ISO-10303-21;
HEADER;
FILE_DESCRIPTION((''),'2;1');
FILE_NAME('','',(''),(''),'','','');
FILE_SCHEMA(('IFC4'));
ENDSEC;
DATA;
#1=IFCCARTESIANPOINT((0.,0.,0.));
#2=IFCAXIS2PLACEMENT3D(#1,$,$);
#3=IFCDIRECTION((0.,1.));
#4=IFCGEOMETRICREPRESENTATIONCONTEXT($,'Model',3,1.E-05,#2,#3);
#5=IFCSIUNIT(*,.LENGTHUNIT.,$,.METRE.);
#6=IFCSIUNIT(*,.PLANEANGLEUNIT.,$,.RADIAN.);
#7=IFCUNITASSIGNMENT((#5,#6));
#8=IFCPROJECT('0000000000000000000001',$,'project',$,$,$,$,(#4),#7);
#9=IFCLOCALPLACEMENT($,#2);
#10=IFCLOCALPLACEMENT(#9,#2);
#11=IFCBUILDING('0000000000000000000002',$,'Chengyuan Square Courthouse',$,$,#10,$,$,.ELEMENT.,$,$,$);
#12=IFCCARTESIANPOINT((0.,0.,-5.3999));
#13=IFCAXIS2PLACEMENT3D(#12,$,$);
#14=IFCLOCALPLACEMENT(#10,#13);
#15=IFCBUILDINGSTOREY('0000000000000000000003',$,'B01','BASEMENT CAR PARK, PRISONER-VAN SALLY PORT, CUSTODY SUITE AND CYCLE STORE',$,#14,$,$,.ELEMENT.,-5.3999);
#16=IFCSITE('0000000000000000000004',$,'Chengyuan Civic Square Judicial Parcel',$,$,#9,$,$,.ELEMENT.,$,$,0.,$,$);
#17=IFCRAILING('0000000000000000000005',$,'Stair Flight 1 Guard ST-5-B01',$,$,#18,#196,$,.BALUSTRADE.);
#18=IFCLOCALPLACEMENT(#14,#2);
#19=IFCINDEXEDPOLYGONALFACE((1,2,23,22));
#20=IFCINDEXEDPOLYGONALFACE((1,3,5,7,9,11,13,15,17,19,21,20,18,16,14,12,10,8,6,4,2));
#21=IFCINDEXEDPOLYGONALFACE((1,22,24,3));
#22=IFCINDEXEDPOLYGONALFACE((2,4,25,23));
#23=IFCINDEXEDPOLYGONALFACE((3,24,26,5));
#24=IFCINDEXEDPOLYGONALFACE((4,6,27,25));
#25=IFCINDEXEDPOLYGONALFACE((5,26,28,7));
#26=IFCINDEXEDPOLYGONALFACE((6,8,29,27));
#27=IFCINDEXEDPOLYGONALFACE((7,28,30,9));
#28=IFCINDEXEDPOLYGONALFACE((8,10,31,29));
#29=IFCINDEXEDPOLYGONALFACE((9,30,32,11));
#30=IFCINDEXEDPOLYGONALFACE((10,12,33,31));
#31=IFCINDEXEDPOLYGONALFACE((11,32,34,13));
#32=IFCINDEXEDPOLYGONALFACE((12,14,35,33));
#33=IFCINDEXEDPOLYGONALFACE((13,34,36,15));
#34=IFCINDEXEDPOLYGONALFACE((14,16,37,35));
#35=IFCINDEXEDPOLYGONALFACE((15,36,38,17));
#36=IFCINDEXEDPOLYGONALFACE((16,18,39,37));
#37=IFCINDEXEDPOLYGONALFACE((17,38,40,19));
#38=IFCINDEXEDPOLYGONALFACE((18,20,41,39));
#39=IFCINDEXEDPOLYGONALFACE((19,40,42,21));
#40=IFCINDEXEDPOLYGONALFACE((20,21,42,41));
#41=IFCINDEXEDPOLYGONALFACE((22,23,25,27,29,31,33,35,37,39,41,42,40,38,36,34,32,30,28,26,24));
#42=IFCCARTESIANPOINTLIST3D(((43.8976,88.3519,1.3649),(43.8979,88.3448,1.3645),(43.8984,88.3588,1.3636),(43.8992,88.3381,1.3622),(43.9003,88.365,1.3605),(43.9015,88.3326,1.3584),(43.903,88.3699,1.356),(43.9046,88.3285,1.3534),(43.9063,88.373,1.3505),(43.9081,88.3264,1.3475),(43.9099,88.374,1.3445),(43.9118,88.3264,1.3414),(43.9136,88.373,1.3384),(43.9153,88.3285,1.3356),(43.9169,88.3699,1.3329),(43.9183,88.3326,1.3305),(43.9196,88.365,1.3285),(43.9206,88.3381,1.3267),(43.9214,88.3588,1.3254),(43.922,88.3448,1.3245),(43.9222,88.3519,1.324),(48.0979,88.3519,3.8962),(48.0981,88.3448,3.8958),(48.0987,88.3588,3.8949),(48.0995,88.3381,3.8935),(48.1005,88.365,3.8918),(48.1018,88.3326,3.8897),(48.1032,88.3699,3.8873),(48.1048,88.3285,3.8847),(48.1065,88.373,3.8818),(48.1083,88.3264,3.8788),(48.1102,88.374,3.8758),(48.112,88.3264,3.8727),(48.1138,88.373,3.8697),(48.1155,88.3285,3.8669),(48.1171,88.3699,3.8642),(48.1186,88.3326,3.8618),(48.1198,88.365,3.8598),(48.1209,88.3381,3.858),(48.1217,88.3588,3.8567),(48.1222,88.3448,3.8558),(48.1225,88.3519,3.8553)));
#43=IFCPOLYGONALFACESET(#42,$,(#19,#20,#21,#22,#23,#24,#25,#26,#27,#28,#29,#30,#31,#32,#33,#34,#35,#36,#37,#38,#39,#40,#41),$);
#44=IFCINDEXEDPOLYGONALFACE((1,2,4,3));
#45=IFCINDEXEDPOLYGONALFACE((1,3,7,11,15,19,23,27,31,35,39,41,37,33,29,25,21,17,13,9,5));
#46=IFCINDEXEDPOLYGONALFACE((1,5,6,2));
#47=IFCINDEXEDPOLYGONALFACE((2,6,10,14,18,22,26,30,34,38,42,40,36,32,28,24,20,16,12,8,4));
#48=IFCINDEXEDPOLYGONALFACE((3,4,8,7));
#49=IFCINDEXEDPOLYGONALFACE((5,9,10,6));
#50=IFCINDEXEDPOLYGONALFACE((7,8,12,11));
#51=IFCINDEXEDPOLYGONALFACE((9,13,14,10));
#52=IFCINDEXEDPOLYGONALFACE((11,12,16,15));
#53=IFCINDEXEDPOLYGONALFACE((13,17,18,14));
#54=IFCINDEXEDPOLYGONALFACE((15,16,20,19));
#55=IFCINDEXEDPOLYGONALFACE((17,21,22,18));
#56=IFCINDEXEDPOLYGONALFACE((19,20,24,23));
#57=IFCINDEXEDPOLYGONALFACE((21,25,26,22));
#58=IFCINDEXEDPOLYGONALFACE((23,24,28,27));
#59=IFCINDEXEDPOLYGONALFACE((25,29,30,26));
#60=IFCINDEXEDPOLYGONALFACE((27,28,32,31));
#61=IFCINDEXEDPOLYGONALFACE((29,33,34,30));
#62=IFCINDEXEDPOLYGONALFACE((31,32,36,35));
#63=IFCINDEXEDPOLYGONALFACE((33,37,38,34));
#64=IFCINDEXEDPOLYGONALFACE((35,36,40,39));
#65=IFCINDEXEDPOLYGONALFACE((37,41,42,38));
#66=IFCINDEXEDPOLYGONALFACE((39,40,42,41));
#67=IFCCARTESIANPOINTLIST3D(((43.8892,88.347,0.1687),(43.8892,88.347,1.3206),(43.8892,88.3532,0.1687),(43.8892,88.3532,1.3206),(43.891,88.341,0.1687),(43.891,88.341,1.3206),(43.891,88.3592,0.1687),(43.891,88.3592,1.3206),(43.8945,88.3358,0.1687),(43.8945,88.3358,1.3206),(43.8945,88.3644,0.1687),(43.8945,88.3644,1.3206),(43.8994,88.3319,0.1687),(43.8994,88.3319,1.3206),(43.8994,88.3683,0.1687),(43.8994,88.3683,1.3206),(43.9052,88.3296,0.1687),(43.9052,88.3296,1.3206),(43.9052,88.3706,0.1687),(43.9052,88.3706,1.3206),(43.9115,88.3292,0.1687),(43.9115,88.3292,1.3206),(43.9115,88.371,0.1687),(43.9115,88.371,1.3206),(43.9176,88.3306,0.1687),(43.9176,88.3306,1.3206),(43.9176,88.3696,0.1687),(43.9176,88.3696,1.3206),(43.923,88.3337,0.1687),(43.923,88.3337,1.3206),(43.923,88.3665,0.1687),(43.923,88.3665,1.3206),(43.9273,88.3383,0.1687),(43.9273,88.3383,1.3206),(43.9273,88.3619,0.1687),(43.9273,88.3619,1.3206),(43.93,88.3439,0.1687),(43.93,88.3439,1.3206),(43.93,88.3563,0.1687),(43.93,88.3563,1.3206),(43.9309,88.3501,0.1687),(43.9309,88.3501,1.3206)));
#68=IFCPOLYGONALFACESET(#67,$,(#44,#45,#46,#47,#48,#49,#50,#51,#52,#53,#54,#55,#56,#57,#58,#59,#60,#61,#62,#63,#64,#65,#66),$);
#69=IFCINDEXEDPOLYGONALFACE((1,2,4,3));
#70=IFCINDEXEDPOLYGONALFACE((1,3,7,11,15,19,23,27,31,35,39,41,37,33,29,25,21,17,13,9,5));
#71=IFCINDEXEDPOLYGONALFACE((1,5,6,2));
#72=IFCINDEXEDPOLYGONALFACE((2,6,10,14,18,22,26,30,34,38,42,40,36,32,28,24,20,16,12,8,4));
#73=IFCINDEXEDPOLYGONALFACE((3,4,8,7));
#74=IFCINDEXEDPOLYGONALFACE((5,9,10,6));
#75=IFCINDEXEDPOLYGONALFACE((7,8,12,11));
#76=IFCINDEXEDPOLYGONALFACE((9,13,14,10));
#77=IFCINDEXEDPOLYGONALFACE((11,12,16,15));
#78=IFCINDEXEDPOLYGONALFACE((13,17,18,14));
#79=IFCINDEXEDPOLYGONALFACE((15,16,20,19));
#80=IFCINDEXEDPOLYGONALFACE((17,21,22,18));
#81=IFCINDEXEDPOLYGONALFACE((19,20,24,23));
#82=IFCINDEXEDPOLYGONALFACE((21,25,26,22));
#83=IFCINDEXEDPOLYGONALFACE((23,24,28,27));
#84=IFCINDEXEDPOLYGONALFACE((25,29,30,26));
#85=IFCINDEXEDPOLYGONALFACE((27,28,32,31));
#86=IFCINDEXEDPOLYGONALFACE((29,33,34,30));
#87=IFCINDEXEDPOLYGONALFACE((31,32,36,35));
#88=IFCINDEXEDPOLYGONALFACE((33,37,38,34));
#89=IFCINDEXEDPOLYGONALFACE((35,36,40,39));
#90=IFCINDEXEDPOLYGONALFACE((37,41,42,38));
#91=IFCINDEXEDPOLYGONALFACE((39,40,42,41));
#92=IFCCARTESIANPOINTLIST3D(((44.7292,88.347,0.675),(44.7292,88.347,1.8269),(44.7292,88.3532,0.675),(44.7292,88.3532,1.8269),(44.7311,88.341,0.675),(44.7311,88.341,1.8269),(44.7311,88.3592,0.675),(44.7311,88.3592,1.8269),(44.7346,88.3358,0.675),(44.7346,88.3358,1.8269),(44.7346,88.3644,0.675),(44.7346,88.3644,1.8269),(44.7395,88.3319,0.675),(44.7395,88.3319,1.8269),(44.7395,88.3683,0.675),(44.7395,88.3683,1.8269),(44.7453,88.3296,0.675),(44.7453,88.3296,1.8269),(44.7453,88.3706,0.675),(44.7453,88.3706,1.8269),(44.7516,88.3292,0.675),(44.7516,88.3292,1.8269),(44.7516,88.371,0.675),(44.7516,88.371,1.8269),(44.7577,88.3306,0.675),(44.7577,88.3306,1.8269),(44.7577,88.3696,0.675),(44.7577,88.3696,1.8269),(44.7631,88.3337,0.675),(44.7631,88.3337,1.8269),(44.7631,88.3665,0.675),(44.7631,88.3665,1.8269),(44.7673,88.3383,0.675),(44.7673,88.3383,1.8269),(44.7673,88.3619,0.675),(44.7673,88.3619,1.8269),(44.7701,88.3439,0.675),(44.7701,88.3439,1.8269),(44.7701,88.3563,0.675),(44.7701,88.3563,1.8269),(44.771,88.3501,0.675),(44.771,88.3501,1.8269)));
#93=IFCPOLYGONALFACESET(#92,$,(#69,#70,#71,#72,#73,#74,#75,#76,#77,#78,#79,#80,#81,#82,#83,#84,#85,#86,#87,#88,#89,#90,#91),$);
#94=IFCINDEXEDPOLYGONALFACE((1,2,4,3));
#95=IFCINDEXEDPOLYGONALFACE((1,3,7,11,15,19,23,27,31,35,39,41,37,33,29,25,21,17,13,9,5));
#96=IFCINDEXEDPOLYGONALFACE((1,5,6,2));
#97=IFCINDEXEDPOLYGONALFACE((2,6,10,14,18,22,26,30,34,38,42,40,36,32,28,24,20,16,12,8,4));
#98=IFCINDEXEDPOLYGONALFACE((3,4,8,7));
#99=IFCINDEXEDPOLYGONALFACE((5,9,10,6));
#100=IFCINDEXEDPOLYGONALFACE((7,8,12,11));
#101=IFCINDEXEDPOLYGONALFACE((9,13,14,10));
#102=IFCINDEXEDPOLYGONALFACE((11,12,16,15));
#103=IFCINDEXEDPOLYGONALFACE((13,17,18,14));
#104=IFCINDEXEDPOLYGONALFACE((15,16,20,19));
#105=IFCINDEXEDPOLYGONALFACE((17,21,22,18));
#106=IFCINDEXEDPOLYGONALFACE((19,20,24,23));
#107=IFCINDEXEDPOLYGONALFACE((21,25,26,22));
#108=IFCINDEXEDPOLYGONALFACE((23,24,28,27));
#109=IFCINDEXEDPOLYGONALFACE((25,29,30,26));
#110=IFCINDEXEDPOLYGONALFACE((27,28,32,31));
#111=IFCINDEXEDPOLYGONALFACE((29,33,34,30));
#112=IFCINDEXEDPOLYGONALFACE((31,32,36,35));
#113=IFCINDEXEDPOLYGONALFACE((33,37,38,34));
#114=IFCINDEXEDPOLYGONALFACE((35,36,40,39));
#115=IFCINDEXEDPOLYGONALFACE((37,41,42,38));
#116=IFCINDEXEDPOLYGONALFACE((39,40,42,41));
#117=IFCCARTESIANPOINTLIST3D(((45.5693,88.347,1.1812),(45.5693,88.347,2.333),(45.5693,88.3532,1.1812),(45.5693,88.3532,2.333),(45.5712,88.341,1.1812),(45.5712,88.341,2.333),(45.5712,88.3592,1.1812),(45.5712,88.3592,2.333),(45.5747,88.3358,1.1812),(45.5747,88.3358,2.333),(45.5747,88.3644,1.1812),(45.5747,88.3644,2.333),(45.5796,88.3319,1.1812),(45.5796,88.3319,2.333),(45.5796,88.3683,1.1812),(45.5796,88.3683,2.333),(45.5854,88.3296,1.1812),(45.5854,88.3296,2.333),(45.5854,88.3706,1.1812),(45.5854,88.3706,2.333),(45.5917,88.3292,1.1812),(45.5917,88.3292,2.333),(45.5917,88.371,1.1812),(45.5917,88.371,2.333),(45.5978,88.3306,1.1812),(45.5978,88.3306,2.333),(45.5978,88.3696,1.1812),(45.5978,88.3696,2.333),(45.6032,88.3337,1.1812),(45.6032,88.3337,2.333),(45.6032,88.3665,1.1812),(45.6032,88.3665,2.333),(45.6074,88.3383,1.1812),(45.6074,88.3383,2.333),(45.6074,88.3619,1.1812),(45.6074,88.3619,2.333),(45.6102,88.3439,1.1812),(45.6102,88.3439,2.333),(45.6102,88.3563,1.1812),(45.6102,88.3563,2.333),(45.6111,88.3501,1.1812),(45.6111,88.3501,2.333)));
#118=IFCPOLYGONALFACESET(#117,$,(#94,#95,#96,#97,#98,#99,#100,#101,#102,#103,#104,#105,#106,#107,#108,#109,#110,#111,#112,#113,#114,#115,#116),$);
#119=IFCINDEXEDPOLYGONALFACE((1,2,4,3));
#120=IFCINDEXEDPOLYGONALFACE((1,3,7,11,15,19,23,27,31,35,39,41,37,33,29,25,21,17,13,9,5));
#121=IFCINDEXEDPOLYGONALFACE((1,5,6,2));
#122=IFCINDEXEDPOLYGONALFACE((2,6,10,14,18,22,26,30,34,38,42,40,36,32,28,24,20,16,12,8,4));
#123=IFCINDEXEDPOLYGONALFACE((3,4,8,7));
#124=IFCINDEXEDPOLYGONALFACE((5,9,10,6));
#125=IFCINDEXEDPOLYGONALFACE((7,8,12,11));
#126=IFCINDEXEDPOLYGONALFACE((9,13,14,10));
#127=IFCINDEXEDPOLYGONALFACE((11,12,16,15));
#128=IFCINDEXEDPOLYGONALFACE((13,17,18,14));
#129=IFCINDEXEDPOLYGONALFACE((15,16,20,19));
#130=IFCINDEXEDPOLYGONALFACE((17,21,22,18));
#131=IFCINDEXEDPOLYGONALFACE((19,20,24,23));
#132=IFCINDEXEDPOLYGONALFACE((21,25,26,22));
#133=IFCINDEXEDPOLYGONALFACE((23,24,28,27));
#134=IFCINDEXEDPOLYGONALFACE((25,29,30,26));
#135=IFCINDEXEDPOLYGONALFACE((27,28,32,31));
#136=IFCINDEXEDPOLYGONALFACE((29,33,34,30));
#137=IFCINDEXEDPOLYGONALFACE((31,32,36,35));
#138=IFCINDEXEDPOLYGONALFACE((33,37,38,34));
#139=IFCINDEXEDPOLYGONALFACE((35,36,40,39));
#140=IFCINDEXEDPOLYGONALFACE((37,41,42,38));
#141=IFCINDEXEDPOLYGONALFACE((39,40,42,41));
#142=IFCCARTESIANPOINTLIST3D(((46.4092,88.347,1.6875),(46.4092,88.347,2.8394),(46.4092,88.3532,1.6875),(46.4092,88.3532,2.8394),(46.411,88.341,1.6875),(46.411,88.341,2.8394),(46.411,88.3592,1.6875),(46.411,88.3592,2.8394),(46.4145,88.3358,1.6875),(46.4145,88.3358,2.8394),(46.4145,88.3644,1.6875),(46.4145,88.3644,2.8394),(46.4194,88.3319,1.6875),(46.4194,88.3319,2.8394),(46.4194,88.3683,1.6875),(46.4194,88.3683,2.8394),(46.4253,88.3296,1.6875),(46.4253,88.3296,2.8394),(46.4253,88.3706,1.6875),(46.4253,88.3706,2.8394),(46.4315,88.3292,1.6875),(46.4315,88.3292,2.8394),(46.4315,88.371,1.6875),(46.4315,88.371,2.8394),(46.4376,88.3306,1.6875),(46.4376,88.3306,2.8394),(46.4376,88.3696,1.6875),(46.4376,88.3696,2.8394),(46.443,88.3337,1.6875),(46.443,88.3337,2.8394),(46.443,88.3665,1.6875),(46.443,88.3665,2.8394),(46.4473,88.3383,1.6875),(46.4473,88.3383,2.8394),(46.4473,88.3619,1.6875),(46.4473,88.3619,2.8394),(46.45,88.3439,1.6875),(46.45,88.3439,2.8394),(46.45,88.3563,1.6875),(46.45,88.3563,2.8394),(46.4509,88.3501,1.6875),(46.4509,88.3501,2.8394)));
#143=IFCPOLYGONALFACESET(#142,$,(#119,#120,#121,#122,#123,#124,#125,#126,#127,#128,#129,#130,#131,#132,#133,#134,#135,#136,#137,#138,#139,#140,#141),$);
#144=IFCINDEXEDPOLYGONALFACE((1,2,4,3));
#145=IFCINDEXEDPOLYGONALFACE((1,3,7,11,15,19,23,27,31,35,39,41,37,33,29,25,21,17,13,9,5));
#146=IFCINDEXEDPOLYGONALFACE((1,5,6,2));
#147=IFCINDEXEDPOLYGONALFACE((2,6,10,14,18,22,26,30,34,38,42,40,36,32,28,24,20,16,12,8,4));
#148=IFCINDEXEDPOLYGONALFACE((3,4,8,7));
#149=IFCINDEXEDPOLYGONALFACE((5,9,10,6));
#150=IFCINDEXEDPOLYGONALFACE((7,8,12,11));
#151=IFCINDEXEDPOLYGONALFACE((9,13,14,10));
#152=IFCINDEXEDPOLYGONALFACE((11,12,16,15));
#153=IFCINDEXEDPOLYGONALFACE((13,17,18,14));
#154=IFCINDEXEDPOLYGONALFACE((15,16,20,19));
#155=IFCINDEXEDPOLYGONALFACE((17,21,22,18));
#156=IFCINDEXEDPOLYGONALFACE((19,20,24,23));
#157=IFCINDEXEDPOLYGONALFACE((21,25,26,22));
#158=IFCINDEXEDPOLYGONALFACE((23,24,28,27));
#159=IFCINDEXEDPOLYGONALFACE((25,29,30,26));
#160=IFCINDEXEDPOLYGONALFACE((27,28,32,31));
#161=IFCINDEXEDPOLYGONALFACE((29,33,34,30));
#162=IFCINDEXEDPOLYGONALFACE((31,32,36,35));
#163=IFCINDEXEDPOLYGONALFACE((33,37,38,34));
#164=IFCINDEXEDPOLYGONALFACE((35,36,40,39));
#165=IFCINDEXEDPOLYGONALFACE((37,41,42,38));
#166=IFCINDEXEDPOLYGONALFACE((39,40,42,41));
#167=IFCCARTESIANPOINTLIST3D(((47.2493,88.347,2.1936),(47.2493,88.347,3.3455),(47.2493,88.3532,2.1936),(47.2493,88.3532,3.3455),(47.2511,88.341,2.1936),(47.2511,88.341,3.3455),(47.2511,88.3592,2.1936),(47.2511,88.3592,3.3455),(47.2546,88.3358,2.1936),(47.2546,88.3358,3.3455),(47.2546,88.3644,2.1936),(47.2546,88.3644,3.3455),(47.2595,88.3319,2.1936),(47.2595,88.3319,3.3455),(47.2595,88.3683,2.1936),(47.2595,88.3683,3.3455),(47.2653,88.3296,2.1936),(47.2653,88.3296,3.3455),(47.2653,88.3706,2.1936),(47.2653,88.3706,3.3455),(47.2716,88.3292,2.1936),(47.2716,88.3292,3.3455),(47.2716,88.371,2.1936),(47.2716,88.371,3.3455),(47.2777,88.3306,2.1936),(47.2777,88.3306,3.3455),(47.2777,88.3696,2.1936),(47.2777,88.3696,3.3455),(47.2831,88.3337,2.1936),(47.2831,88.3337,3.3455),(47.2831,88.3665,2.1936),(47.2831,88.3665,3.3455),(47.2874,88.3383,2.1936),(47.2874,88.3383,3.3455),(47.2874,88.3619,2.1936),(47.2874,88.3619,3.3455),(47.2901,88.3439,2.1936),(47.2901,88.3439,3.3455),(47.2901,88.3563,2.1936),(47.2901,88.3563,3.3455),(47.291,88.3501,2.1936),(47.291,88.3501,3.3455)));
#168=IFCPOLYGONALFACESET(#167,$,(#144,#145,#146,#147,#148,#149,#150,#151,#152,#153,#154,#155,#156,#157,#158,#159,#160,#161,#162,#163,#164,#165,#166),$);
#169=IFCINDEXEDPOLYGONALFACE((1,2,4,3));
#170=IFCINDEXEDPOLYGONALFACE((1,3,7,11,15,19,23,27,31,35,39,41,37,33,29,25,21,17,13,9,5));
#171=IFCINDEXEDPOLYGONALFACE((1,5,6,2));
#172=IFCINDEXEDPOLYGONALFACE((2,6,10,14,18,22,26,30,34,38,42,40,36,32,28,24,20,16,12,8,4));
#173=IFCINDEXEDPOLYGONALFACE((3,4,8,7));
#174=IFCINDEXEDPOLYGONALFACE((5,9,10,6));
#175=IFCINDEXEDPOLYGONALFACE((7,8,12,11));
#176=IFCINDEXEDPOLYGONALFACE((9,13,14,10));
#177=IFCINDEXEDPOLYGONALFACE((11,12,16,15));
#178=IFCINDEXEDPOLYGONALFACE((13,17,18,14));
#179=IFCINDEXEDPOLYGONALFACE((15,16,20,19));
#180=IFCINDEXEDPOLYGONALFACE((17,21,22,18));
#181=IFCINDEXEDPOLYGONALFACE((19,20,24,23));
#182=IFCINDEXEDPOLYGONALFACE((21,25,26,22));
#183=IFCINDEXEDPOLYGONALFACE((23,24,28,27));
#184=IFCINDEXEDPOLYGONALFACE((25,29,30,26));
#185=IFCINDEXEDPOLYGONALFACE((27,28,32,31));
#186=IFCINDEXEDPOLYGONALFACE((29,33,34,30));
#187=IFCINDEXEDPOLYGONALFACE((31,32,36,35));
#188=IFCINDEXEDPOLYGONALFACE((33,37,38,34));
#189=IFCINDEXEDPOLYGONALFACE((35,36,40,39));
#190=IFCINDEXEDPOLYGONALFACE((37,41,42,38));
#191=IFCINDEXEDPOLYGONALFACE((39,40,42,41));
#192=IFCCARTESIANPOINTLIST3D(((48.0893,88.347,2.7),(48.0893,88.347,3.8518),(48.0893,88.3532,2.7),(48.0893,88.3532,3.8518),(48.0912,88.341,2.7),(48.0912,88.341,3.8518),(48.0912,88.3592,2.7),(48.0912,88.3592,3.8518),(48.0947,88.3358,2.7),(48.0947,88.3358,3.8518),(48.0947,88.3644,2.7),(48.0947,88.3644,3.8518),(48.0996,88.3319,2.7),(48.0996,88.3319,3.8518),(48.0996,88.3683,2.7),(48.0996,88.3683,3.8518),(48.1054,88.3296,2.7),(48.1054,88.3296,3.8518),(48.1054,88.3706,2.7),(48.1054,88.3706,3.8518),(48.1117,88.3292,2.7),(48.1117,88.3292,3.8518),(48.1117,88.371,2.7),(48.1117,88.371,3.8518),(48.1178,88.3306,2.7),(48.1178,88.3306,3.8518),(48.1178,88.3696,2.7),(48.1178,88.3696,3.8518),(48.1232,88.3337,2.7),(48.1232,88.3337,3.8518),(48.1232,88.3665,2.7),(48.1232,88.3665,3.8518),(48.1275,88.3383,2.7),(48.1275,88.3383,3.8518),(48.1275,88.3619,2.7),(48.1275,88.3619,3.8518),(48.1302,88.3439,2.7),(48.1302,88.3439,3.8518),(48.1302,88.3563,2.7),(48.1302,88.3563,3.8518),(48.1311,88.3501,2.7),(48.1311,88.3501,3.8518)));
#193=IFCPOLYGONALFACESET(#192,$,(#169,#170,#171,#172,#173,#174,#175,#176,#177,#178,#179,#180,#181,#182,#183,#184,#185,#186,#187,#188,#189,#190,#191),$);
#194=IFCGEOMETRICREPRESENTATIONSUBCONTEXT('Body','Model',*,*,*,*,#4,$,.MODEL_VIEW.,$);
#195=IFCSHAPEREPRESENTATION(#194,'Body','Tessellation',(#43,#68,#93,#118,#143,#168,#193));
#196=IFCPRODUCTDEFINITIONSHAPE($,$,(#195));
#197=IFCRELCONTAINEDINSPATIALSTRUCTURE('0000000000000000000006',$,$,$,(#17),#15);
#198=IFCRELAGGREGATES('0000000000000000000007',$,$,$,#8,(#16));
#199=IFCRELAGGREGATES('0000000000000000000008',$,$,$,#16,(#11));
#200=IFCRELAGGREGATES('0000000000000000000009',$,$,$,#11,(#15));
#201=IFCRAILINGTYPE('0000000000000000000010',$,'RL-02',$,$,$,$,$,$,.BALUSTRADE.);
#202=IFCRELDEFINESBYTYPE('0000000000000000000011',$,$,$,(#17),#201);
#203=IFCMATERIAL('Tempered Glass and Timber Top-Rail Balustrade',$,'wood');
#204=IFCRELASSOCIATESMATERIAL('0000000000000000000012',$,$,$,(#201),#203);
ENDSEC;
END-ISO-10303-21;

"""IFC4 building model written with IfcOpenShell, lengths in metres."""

from ifc_helpers import new_model, si_unit, direction, frame, origin, origin_2d, place, context, subcontext, project, spatial, circle, extrude, material, type_object, element, save


model = new_model("IFC4")

# Units and contexts
model_context = context("Model", 3, precision=1e-05, world=origin(), true_north=direction((0.0, 1.0)))
body_context = subcontext(model_context, "Body", "Model", "MODEL_VIEW")
ifc_project = project(units=[si_unit("LENGTHUNIT", "METRE"), si_unit("PLANEANGLEUNIT", "RADIAN")], contexts=[model_context])

# Site, building, storey
site_placement = place(None, origin())
site = spatial("IfcSite", under=ifc_project, at=site_placement, Name="Chengyuan Civic Square Judicial Parcel", CompositionType="ELEMENT", RefElevation=0.0)
building_placement = place(site_placement, origin())
building = spatial("IfcBuilding", under=site, at=building_placement, Name="Chengyuan Square Courthouse", CompositionType="ELEMENT")
storey_placement = place(building_placement, frame((0.0, 0.0, -5.3999)))
storey = spatial("IfcBuildingStorey", under=building, at=storey_placement, Name="B01", Description="BASEMENT CAR PARK, PRISONER-VAN SALLY PORT, CUSTODY SUITE AND CYCLE STORE", CompositionType="ELEMENT", Elevation=-5.3999)

# Railing
ifc_material_1 = material(Name="Tempered Glass and Timber Top-Rail Balustrade", Category="wood")
railing_type_1 = type_object("IfcRailingType", Name="RL-02", PredefinedType="BALUSTRADE", material=ifc_material_1)
railing_1_placement = place(storey_placement, frame((43.9099, 88.3501, 0.1687)))
element("IfcRailing", 1, at=railing_1_placement, inside=storey, type_object=railing_type_1, Name="Stair Flight 1 Guard ST-5-B01", PredefinedType="BALUSTRADE", context=body_context, shape_type="SweptSolid", body=[
    extrude(circle(Radius=0.0239, at=origin_2d()), frame((0.0, 0.0, 1.1758), z_axis=(0.85649, 0.0, 0.516164), x_axis=(0.0, 1.0, 0.0)), (0.0, 0.0, 1.0), 4.9041),
    extrude(circle(Radius=0.021, at=origin_2d()), origin(), (0.0, 0.0, 1.0), 1.1519),
    extrude(circle(Radius=0.021, at=origin_2d()), frame((0.8401, 0.0, 0.5063)), (0.0, 0.0, 1.0), 1.1519),
    extrude(circle(Radius=0.021, at=origin_2d()), frame((1.6802, 0.0, 1.0125)), (0.0, 0.0, 1.0), 1.1519),
    extrude(circle(Radius=0.021, at=origin_2d()), frame((2.52, 0.0, 1.5188)), (0.0, 0.0, 1.0), 1.1519),
    extrude(circle(Radius=0.021, at=origin_2d()), frame((3.3601, 0.0, 2.0249)), (0.0, 0.0, 1.0), 1.1519),
    extrude(circle(Radius=0.021, at=origin_2d()), frame((4.2002, 0.0, 2.5312)), (0.0, 0.0, 1.0), 1.1519),
])

save(model, "model.ifc")
